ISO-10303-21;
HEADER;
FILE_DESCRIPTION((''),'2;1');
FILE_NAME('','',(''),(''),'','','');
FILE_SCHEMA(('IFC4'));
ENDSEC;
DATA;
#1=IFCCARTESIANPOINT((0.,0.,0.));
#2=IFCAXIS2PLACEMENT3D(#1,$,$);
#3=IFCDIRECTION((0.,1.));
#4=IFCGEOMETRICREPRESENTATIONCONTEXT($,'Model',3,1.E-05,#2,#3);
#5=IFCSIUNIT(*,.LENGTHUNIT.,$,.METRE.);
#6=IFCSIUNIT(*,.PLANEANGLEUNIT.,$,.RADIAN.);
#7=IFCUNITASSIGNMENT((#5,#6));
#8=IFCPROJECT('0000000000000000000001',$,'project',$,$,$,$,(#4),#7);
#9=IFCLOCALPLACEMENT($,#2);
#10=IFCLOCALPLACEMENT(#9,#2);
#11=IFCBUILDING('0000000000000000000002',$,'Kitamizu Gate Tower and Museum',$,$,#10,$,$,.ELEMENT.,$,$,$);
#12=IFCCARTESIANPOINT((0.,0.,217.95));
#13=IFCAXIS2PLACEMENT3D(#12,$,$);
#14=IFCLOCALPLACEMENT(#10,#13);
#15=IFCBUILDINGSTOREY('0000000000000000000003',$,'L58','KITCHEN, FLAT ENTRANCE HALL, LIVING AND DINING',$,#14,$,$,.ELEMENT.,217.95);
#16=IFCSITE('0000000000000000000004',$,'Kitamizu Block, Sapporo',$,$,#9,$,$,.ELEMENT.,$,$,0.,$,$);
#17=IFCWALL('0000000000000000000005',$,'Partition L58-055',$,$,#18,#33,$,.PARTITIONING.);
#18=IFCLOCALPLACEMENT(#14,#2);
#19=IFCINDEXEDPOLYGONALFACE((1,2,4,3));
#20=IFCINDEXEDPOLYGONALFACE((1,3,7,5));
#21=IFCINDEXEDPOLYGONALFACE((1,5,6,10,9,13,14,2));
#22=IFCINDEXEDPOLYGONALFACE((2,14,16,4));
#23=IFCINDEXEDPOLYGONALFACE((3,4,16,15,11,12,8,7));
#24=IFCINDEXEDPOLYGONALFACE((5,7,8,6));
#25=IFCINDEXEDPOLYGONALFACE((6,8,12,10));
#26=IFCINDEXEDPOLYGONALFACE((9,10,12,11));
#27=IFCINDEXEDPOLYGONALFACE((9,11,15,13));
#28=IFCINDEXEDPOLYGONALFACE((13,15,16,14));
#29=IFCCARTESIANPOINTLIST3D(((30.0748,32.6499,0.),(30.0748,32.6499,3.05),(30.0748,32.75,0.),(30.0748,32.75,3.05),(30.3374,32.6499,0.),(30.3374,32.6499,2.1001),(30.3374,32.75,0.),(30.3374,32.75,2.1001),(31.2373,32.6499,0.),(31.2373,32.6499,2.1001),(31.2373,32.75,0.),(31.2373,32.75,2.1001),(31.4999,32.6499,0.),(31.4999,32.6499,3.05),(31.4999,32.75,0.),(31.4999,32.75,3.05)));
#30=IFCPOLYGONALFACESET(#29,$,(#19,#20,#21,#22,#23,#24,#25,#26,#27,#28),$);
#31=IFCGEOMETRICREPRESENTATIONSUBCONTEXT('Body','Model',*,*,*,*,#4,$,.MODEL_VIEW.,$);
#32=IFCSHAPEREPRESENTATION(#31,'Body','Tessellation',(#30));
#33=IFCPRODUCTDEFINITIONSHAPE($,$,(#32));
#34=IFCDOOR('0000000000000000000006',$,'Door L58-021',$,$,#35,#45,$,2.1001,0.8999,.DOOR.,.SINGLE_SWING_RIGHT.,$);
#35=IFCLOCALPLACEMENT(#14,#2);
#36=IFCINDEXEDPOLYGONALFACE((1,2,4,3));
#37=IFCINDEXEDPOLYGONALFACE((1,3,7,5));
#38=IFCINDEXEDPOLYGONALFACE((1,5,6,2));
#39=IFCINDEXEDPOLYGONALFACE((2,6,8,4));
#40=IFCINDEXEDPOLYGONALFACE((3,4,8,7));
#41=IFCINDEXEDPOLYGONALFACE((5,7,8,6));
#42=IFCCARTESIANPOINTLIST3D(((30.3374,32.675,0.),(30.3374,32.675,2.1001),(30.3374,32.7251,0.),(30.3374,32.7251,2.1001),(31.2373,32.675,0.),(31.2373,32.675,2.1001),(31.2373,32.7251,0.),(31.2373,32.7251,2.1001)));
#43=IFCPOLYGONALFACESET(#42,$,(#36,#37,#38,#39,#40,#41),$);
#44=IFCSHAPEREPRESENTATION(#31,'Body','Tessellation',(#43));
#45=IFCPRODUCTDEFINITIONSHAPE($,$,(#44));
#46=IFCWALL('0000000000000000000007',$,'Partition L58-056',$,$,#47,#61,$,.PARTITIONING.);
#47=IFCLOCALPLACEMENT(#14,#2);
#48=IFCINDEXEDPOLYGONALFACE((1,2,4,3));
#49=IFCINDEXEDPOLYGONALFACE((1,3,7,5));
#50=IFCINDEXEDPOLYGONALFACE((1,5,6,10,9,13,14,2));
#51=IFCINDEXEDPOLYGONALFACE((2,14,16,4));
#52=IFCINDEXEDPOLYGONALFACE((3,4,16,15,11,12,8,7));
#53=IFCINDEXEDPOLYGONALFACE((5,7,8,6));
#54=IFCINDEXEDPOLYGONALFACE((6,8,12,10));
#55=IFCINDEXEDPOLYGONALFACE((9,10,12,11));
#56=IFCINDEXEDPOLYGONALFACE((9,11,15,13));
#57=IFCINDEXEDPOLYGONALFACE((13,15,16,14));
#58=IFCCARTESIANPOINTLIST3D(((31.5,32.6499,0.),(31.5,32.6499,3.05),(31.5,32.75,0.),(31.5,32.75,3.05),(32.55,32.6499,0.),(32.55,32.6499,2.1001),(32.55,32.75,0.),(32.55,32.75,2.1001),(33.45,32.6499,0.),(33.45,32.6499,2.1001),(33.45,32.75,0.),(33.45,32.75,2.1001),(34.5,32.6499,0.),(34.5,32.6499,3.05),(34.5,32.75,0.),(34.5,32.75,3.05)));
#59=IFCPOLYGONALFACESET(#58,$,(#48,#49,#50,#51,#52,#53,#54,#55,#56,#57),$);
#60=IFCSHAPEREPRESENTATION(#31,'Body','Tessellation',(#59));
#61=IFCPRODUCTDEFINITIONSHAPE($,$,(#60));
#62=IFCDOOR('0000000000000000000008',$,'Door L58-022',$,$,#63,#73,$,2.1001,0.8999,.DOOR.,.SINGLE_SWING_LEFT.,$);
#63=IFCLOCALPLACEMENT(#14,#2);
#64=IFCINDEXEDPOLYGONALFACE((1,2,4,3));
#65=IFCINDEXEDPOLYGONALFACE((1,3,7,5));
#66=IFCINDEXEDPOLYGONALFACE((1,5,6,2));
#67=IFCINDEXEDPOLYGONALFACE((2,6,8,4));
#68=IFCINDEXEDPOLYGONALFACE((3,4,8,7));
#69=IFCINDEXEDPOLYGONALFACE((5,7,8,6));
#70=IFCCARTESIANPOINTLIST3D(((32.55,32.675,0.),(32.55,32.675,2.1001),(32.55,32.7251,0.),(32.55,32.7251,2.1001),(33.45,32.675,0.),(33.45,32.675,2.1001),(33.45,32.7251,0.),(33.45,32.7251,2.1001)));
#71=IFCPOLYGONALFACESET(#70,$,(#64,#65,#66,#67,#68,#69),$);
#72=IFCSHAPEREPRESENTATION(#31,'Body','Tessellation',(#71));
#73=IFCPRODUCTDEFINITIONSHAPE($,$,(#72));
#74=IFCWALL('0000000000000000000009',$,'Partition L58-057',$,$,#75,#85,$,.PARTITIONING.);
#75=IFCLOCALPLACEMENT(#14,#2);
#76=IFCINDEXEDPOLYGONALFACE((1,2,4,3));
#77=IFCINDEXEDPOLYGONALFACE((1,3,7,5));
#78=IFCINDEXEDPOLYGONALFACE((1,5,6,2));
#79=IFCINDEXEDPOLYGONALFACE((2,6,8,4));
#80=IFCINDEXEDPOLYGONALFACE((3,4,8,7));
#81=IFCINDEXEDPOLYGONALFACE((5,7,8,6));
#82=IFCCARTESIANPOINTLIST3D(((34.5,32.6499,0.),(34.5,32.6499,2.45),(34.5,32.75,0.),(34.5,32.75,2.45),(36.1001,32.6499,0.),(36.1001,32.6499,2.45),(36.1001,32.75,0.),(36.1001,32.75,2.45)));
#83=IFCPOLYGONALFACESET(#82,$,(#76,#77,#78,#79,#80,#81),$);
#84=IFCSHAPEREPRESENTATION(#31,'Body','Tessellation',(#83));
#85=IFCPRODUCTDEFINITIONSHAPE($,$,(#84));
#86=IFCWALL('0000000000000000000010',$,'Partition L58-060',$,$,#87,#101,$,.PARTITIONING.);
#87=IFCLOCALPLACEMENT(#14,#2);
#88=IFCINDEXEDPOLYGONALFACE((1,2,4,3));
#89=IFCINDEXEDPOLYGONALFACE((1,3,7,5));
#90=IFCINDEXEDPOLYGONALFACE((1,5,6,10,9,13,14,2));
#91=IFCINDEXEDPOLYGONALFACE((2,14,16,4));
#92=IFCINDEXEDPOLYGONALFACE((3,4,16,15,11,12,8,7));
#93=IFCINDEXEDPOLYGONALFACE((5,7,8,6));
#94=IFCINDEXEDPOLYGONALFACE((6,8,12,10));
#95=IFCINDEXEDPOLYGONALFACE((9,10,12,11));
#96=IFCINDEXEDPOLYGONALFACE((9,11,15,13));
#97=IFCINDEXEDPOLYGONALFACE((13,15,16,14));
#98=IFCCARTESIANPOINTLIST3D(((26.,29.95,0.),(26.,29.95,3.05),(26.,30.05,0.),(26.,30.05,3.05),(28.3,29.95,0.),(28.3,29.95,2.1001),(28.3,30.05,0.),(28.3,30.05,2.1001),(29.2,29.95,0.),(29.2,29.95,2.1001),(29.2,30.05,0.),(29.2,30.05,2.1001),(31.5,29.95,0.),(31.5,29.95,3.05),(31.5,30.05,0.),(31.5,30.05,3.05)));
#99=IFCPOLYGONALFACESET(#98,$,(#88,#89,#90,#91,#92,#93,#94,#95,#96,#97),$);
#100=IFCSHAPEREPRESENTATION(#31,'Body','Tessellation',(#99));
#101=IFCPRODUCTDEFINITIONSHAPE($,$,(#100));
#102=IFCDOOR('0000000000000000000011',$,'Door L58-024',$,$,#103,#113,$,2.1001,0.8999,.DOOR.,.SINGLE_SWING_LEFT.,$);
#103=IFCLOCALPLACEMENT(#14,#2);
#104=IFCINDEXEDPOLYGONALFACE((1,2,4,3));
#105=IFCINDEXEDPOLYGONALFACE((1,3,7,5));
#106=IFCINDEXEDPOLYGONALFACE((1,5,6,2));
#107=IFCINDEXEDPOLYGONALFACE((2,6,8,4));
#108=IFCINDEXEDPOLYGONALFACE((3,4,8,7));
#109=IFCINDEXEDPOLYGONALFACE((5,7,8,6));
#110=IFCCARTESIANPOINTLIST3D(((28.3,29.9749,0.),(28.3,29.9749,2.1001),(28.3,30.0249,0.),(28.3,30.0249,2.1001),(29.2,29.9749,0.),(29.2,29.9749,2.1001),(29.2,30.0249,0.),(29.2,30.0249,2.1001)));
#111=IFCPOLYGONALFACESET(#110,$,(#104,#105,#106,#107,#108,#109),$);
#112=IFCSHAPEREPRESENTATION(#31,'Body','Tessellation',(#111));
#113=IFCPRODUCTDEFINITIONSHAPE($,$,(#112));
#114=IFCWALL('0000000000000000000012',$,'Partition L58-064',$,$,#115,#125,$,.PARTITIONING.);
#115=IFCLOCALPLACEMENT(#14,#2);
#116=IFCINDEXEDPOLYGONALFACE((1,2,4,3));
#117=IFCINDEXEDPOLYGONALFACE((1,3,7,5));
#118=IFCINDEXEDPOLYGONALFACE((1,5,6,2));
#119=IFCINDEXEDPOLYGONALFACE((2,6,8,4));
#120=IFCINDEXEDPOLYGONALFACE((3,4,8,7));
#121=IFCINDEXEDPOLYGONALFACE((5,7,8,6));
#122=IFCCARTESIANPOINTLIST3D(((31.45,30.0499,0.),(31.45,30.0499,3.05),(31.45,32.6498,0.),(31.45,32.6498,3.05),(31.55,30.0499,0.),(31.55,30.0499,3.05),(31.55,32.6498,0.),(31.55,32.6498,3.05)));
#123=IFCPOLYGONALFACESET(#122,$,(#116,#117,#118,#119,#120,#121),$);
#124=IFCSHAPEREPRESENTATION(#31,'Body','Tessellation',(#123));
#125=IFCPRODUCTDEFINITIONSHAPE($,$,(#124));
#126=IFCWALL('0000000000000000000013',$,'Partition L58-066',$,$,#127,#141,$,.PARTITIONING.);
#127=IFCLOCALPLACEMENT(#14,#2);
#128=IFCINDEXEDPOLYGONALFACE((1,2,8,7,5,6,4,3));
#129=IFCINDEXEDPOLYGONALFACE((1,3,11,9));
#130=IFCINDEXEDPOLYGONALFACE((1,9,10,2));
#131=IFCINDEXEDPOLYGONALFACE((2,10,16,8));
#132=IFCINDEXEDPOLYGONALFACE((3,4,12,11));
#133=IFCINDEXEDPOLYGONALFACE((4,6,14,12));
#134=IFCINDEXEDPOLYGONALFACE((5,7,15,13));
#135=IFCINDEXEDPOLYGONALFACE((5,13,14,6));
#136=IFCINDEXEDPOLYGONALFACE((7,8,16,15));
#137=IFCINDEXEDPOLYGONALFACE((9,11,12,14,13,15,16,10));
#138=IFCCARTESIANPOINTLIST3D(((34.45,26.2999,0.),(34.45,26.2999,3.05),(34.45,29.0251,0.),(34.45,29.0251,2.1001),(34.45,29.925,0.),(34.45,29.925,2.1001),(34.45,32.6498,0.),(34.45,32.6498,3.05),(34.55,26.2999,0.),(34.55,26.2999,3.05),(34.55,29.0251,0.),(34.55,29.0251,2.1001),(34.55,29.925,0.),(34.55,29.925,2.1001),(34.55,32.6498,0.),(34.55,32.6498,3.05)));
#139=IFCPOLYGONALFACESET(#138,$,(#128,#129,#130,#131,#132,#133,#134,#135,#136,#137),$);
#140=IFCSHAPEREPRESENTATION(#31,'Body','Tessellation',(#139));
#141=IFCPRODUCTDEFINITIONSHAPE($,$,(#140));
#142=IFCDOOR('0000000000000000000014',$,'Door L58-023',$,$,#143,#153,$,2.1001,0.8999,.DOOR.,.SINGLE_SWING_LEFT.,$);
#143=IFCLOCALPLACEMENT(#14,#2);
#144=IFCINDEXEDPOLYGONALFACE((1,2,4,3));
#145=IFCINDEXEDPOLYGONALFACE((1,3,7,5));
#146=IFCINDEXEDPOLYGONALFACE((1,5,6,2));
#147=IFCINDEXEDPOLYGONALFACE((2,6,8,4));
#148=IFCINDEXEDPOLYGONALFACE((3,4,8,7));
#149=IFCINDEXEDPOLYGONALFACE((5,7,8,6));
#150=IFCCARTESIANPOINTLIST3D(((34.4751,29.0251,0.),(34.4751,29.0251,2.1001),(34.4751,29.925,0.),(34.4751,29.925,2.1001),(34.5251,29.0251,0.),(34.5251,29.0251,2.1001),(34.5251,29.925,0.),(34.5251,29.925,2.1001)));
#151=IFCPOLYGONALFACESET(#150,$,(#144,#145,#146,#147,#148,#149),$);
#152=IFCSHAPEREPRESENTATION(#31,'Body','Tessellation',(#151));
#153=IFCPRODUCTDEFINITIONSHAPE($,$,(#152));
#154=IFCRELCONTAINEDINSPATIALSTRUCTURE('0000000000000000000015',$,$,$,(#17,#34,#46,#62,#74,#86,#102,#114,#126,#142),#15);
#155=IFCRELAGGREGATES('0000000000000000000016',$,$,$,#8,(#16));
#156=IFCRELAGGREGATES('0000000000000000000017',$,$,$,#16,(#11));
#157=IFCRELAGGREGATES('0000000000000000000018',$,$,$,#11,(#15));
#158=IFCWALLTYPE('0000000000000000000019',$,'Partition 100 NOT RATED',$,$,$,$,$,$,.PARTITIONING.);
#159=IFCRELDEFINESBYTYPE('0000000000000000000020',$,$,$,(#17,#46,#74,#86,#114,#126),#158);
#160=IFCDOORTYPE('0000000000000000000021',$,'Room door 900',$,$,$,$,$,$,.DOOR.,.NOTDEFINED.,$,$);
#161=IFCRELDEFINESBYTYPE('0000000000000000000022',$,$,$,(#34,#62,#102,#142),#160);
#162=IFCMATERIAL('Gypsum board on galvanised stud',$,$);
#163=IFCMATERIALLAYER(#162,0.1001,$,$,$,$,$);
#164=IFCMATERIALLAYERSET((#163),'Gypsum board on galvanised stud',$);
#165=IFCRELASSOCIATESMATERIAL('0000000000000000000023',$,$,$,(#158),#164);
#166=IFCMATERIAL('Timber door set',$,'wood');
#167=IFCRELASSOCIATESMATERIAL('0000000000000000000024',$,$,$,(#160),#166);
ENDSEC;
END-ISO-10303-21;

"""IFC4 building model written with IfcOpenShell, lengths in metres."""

from ifc_helpers import new_model, si_unit, direction, frame, frame_2d, origin, place, context, subcontext, project, spatial, rectangle, extrude, material, layer, layer_set, type_object, element, fill, save


model = new_model("IFC4")

# Units and contexts
model_context = context("Model", 3, precision=1e-05, world=origin(), true_north=direction((0.0, 1.0)))
body_context = subcontext(model_context, "Body", "Model", "MODEL_VIEW")
ifc_project = project(units=[si_unit("LENGTHUNIT", "METRE"), si_unit("PLANEANGLEUNIT", "RADIAN")], contexts=[model_context])

# Site, building, storey
site_placement = place(None, origin())
site = spatial("IfcSite", under=ifc_project, at=site_placement, Name="Kitamizu Block, Sapporo", CompositionType="ELEMENT", RefElevation=0.0)
building_placement = place(site_placement, origin())
building = spatial("IfcBuilding", under=site, at=building_placement, Name="Kitamizu Gate Tower and Museum", CompositionType="ELEMENT")
storey_placement = place(building_placement, frame((0.0, 0.0, 217.95)))
storey = spatial("IfcBuildingStorey", under=building, at=storey_placement, Name="L58", Description="KITCHEN, FLAT ENTRANCE HALL, LIVING AND DINING", CompositionType="ELEMENT", Elevation=217.95)

# Walls, openings, doors
ifc_material_1 = material(Name="Gypsum board on galvanised stud")
ifc_layer_1 = layer(ifc_material_1, 0.1001)
ifc_layer_set_1 = layer_set([ifc_layer_1], Name="Gypsum board on galvanised stud")
wall_type_1 = type_object("IfcWallType", Name="Partition 100 NOT RATED", PredefinedType="PARTITIONING", material=ifc_layer_set_1)
wall_1_placement = place(storey_placement, frame((30.075, 32.7, 0.0), z_axis=(0.0, 0.0, 1.0), x_axis=(1.0, 0.0, 0.0)))
wall_1 = element("IfcWall", 1, at=wall_1_placement, inside=storey, type_object=wall_type_1, Name="Partition L58-055", PredefinedType="PARTITIONING", context=body_context, shape_type="SweptSolid", body=[
    extrude(rectangle(XDim=1.425, YDim=0.1001, at=frame_2d((0.7124, 0.0))), origin(), (0.0, 0.0, 1.0), 3.05),
])
opening_1_placement = place(wall_1_placement, frame((0.2625, 0.0, 0.0)))
opening_1 = element("IfcOpeningElement", 2, at=opening_1_placement, cuts=wall_1, PredefinedType="OPENING", context=body_context, shape_type="SweptSolid", body=[
    extrude(rectangle(XDim=0.8999, YDim=2.1001, at=frame_2d((0.45, 1.05))), frame((0.0, 0.0601, 0.0), z_axis=(0.0, -1.0, 0.0), x_axis=(1.0, 0.0, 0.0)), (0.0, 0.0, 1.0), 0.1201),
])
ifc_material_2 = material(Name="Timber door set", Category="wood")
door_type_1 = type_object("IfcDoorType", Name="Room door 900", OperationType="NOTDEFINED", PredefinedType="DOOR", material=ifc_material_2)
door_1_placement = place(opening_1_placement, frame((0.8999, 0.0, 0.0), x_axis=(-1.0, 0.0, 0.0)))
door_1 = element("IfcDoor", 3, at=door_1_placement, inside=storey, type_object=door_type_1, Name="Door L58-021", OperationType="SINGLE_SWING_RIGHT", OverallHeight=2.1001, OverallWidth=0.8999, PredefinedType="DOOR", context=body_context, shape_type="SweptSolid", body=[
    extrude(rectangle(XDim=0.8999, YDim=2.1001, at=frame_2d((0.45, 1.05))), frame((0.0, 0.0249, 0.0), z_axis=(0.0, -1.0, 0.0), x_axis=(1.0, 0.0, 0.0)), (0.0, 0.0, 1.0), 0.05),
])
fill(opening_1, door_1)
wall_2_placement = place(storey_placement, frame((31.5, 32.7, 0.0), z_axis=(0.0, 0.0, 1.0), x_axis=(1.0, 0.0, 0.0)))
wall_2 = element("IfcWall", 4, at=wall_2_placement, inside=storey, type_object=wall_type_1, Name="Partition L58-056", PredefinedType="PARTITIONING", context=body_context, shape_type="SweptSolid", body=[
    extrude(rectangle(XDim=3.0, YDim=0.1001, at=frame_2d((1.5, 0.0))), origin(), (0.0, 0.0, 1.0), 3.05),
])
opening_2_placement = place(wall_2_placement, frame((1.05, 0.0, 0.0)))
opening_2 = element("IfcOpeningElement", 5, at=opening_2_placement, cuts=wall_2, PredefinedType="OPENING", context=body_context, shape_type="SweptSolid", body=[
    extrude(rectangle(XDim=0.8999, YDim=2.1001, at=frame_2d((0.45, 1.05))), frame((0.0, 0.0601, 0.0), z_axis=(0.0, -1.0, 0.0), x_axis=(1.0, 0.0, 0.0)), (0.0, 0.0, 1.0), 0.1201),
])
door_2_placement = place(opening_2_placement, frame((0.8999, 0.0, 0.0), x_axis=(-1.0, 0.0, 0.0)))
door_2 = element("IfcDoor", 6, at=door_2_placement, inside=storey, type_object=door_type_1, Name="Door L58-022", OperationType="SINGLE_SWING_LEFT", OverallHeight=2.1001, OverallWidth=0.8999, PredefinedType="DOOR", context=body_context, shape_type="SweptSolid", body=[
    extrude(rectangle(XDim=0.8999, YDim=2.1001, at=frame_2d((0.45, 1.05))), frame((0.0, 0.0249, 0.0), z_axis=(0.0, -1.0, 0.0), x_axis=(1.0, 0.0, 0.0)), (0.0, 0.0, 1.0), 0.05),
])
fill(opening_2, door_2)

# Wall
wall_3_placement = place(storey_placement, frame((34.5, 32.7, 0.0), z_axis=(0.0, 0.0, 1.0), x_axis=(1.0, 0.0, 0.0)))
element("IfcWall", 7, at=wall_3_placement, inside=storey, type_object=wall_type_1, Name="Partition L58-057", PredefinedType="PARTITIONING", context=body_context, shape_type="SweptSolid", body=[
    extrude(rectangle(XDim=1.6001, YDim=0.1001, at=frame_2d((0.8, 0.0))), origin(), (0.0, 0.0, 1.0), 2.45),
])

# Wall, opening, door
wall_4_placement = place(storey_placement, frame((31.5, 30.0, 0.0), z_axis=(0.0, 0.0, 1.0), x_axis=(-1.0, 0.0, 0.0)))
wall_4 = element("IfcWall", 8, at=wall_4_placement, inside=storey, type_object=wall_type_1, Name="Partition L58-060", PredefinedType="PARTITIONING", context=body_context, shape_type="SweptSolid", body=[
    extrude(rectangle(XDim=5.5, YDim=0.1001, at=frame_2d((2.75, 0.0))), origin(), (0.0, 0.0, 1.0), 3.05),
])
opening_3_placement = place(wall_4_placement, frame((2.3, 0.0, 0.0)))
opening_3 = element("IfcOpeningElement", 9, at=opening_3_placement, cuts=wall_4, PredefinedType="OPENING", context=body_context, shape_type="SweptSolid", body=[
    extrude(rectangle(XDim=0.8999, YDim=2.1001, at=frame_2d((0.45, 1.05))), frame((0.0, 0.0601, 0.0), z_axis=(0.0, -1.0, 0.0), x_axis=(1.0, 0.0, 0.0)), (0.0, 0.0, 1.0), 0.1201),
])
door_3_placement = place(opening_3_placement, frame((0.8999, 0.0, 0.0), x_axis=(-1.0, 0.0, 0.0)))
door_3 = element("IfcDoor", 10, at=door_3_placement, inside=storey, type_object=door_type_1, Name="Door L58-024", OperationType="SINGLE_SWING_LEFT", OverallHeight=2.1001, OverallWidth=0.8999, PredefinedType="DOOR", context=body_context, shape_type="SweptSolid", body=[
    extrude(rectangle(XDim=0.8999, YDim=2.1001, at=frame_2d((0.45, 1.05))), frame((0.0, 0.0249, 0.0), z_axis=(0.0, -1.0, 0.0), x_axis=(1.0, 0.0, 0.0)), (0.0, 0.0, 1.0), 0.05),
])
fill(opening_3, door_3)

# Wall
wall_5_placement = place(storey_placement, frame((31.5, 30.05, 0.0), z_axis=(0.0, 0.0, 1.0), x_axis=(0.0, 1.0, 0.0)))
element("IfcWall", 11, at=wall_5_placement, inside=storey, type_object=wall_type_1, Name="Partition L58-064", PredefinedType="PARTITIONING", context=body_context, shape_type="SweptSolid", body=[
    extrude(rectangle(XDim=2.5999, YDim=0.1001, at=frame_2d((1.2998, 0.0))), origin(), (0.0, 0.0, 1.0), 3.05),
])

# Wall, opening, door
wall_6_placement = place(storey_placement, frame((34.5, 26.3, 0.0), z_axis=(0.0, 0.0, 1.0), x_axis=(0.0, 1.0, 0.0)))
wall_6 = element("IfcWall", 12, at=wall_6_placement, inside=storey, type_object=wall_type_1, Name="Partition L58-066", PredefinedType="PARTITIONING", context=body_context, shape_type="SweptSolid", body=[
    extrude(rectangle(XDim=6.3499, YDim=0.1001, at=frame_2d((3.1748, 0.0))), origin(), (0.0, 0.0, 1.0), 3.05),
])
opening_4_placement = place(wall_6_placement, frame((2.7251, 0.0, 0.0)))
opening_4 = element("IfcOpeningElement", 13, at=opening_4_placement, cuts=wall_6, PredefinedType="OPENING", context=body_context, shape_type="SweptSolid", body=[
    extrude(rectangle(XDim=0.8999, YDim=2.1001, at=frame_2d((0.45, 1.05))), frame((0.0, 0.0601, 0.0), z_axis=(0.0, -1.0, 0.0), x_axis=(1.0, 0.0, 0.0)), (0.0, 0.0, 1.0), 0.1201),
])
door_4_placement = place(opening_4_placement, origin())
door_4 = element("IfcDoor", 14, at=door_4_placement, inside=storey, type_object=door_type_1, Name="Door L58-023", OperationType="SINGLE_SWING_LEFT", OverallHeight=2.1001, OverallWidth=0.8999, PredefinedType="DOOR", context=body_context, shape_type="SweptSolid", body=[
    extrude(rectangle(XDim=0.8999, YDim=2.1001, at=frame_2d((0.45, 1.05))), frame((0.0, 0.0249, 0.0), z_axis=(0.0, -1.0, 0.0), x_axis=(1.0, 0.0, 0.0)), (0.0, 0.0, 1.0), 0.05),
])
fill(opening_4, door_4)

save(model, "model.ifc")
